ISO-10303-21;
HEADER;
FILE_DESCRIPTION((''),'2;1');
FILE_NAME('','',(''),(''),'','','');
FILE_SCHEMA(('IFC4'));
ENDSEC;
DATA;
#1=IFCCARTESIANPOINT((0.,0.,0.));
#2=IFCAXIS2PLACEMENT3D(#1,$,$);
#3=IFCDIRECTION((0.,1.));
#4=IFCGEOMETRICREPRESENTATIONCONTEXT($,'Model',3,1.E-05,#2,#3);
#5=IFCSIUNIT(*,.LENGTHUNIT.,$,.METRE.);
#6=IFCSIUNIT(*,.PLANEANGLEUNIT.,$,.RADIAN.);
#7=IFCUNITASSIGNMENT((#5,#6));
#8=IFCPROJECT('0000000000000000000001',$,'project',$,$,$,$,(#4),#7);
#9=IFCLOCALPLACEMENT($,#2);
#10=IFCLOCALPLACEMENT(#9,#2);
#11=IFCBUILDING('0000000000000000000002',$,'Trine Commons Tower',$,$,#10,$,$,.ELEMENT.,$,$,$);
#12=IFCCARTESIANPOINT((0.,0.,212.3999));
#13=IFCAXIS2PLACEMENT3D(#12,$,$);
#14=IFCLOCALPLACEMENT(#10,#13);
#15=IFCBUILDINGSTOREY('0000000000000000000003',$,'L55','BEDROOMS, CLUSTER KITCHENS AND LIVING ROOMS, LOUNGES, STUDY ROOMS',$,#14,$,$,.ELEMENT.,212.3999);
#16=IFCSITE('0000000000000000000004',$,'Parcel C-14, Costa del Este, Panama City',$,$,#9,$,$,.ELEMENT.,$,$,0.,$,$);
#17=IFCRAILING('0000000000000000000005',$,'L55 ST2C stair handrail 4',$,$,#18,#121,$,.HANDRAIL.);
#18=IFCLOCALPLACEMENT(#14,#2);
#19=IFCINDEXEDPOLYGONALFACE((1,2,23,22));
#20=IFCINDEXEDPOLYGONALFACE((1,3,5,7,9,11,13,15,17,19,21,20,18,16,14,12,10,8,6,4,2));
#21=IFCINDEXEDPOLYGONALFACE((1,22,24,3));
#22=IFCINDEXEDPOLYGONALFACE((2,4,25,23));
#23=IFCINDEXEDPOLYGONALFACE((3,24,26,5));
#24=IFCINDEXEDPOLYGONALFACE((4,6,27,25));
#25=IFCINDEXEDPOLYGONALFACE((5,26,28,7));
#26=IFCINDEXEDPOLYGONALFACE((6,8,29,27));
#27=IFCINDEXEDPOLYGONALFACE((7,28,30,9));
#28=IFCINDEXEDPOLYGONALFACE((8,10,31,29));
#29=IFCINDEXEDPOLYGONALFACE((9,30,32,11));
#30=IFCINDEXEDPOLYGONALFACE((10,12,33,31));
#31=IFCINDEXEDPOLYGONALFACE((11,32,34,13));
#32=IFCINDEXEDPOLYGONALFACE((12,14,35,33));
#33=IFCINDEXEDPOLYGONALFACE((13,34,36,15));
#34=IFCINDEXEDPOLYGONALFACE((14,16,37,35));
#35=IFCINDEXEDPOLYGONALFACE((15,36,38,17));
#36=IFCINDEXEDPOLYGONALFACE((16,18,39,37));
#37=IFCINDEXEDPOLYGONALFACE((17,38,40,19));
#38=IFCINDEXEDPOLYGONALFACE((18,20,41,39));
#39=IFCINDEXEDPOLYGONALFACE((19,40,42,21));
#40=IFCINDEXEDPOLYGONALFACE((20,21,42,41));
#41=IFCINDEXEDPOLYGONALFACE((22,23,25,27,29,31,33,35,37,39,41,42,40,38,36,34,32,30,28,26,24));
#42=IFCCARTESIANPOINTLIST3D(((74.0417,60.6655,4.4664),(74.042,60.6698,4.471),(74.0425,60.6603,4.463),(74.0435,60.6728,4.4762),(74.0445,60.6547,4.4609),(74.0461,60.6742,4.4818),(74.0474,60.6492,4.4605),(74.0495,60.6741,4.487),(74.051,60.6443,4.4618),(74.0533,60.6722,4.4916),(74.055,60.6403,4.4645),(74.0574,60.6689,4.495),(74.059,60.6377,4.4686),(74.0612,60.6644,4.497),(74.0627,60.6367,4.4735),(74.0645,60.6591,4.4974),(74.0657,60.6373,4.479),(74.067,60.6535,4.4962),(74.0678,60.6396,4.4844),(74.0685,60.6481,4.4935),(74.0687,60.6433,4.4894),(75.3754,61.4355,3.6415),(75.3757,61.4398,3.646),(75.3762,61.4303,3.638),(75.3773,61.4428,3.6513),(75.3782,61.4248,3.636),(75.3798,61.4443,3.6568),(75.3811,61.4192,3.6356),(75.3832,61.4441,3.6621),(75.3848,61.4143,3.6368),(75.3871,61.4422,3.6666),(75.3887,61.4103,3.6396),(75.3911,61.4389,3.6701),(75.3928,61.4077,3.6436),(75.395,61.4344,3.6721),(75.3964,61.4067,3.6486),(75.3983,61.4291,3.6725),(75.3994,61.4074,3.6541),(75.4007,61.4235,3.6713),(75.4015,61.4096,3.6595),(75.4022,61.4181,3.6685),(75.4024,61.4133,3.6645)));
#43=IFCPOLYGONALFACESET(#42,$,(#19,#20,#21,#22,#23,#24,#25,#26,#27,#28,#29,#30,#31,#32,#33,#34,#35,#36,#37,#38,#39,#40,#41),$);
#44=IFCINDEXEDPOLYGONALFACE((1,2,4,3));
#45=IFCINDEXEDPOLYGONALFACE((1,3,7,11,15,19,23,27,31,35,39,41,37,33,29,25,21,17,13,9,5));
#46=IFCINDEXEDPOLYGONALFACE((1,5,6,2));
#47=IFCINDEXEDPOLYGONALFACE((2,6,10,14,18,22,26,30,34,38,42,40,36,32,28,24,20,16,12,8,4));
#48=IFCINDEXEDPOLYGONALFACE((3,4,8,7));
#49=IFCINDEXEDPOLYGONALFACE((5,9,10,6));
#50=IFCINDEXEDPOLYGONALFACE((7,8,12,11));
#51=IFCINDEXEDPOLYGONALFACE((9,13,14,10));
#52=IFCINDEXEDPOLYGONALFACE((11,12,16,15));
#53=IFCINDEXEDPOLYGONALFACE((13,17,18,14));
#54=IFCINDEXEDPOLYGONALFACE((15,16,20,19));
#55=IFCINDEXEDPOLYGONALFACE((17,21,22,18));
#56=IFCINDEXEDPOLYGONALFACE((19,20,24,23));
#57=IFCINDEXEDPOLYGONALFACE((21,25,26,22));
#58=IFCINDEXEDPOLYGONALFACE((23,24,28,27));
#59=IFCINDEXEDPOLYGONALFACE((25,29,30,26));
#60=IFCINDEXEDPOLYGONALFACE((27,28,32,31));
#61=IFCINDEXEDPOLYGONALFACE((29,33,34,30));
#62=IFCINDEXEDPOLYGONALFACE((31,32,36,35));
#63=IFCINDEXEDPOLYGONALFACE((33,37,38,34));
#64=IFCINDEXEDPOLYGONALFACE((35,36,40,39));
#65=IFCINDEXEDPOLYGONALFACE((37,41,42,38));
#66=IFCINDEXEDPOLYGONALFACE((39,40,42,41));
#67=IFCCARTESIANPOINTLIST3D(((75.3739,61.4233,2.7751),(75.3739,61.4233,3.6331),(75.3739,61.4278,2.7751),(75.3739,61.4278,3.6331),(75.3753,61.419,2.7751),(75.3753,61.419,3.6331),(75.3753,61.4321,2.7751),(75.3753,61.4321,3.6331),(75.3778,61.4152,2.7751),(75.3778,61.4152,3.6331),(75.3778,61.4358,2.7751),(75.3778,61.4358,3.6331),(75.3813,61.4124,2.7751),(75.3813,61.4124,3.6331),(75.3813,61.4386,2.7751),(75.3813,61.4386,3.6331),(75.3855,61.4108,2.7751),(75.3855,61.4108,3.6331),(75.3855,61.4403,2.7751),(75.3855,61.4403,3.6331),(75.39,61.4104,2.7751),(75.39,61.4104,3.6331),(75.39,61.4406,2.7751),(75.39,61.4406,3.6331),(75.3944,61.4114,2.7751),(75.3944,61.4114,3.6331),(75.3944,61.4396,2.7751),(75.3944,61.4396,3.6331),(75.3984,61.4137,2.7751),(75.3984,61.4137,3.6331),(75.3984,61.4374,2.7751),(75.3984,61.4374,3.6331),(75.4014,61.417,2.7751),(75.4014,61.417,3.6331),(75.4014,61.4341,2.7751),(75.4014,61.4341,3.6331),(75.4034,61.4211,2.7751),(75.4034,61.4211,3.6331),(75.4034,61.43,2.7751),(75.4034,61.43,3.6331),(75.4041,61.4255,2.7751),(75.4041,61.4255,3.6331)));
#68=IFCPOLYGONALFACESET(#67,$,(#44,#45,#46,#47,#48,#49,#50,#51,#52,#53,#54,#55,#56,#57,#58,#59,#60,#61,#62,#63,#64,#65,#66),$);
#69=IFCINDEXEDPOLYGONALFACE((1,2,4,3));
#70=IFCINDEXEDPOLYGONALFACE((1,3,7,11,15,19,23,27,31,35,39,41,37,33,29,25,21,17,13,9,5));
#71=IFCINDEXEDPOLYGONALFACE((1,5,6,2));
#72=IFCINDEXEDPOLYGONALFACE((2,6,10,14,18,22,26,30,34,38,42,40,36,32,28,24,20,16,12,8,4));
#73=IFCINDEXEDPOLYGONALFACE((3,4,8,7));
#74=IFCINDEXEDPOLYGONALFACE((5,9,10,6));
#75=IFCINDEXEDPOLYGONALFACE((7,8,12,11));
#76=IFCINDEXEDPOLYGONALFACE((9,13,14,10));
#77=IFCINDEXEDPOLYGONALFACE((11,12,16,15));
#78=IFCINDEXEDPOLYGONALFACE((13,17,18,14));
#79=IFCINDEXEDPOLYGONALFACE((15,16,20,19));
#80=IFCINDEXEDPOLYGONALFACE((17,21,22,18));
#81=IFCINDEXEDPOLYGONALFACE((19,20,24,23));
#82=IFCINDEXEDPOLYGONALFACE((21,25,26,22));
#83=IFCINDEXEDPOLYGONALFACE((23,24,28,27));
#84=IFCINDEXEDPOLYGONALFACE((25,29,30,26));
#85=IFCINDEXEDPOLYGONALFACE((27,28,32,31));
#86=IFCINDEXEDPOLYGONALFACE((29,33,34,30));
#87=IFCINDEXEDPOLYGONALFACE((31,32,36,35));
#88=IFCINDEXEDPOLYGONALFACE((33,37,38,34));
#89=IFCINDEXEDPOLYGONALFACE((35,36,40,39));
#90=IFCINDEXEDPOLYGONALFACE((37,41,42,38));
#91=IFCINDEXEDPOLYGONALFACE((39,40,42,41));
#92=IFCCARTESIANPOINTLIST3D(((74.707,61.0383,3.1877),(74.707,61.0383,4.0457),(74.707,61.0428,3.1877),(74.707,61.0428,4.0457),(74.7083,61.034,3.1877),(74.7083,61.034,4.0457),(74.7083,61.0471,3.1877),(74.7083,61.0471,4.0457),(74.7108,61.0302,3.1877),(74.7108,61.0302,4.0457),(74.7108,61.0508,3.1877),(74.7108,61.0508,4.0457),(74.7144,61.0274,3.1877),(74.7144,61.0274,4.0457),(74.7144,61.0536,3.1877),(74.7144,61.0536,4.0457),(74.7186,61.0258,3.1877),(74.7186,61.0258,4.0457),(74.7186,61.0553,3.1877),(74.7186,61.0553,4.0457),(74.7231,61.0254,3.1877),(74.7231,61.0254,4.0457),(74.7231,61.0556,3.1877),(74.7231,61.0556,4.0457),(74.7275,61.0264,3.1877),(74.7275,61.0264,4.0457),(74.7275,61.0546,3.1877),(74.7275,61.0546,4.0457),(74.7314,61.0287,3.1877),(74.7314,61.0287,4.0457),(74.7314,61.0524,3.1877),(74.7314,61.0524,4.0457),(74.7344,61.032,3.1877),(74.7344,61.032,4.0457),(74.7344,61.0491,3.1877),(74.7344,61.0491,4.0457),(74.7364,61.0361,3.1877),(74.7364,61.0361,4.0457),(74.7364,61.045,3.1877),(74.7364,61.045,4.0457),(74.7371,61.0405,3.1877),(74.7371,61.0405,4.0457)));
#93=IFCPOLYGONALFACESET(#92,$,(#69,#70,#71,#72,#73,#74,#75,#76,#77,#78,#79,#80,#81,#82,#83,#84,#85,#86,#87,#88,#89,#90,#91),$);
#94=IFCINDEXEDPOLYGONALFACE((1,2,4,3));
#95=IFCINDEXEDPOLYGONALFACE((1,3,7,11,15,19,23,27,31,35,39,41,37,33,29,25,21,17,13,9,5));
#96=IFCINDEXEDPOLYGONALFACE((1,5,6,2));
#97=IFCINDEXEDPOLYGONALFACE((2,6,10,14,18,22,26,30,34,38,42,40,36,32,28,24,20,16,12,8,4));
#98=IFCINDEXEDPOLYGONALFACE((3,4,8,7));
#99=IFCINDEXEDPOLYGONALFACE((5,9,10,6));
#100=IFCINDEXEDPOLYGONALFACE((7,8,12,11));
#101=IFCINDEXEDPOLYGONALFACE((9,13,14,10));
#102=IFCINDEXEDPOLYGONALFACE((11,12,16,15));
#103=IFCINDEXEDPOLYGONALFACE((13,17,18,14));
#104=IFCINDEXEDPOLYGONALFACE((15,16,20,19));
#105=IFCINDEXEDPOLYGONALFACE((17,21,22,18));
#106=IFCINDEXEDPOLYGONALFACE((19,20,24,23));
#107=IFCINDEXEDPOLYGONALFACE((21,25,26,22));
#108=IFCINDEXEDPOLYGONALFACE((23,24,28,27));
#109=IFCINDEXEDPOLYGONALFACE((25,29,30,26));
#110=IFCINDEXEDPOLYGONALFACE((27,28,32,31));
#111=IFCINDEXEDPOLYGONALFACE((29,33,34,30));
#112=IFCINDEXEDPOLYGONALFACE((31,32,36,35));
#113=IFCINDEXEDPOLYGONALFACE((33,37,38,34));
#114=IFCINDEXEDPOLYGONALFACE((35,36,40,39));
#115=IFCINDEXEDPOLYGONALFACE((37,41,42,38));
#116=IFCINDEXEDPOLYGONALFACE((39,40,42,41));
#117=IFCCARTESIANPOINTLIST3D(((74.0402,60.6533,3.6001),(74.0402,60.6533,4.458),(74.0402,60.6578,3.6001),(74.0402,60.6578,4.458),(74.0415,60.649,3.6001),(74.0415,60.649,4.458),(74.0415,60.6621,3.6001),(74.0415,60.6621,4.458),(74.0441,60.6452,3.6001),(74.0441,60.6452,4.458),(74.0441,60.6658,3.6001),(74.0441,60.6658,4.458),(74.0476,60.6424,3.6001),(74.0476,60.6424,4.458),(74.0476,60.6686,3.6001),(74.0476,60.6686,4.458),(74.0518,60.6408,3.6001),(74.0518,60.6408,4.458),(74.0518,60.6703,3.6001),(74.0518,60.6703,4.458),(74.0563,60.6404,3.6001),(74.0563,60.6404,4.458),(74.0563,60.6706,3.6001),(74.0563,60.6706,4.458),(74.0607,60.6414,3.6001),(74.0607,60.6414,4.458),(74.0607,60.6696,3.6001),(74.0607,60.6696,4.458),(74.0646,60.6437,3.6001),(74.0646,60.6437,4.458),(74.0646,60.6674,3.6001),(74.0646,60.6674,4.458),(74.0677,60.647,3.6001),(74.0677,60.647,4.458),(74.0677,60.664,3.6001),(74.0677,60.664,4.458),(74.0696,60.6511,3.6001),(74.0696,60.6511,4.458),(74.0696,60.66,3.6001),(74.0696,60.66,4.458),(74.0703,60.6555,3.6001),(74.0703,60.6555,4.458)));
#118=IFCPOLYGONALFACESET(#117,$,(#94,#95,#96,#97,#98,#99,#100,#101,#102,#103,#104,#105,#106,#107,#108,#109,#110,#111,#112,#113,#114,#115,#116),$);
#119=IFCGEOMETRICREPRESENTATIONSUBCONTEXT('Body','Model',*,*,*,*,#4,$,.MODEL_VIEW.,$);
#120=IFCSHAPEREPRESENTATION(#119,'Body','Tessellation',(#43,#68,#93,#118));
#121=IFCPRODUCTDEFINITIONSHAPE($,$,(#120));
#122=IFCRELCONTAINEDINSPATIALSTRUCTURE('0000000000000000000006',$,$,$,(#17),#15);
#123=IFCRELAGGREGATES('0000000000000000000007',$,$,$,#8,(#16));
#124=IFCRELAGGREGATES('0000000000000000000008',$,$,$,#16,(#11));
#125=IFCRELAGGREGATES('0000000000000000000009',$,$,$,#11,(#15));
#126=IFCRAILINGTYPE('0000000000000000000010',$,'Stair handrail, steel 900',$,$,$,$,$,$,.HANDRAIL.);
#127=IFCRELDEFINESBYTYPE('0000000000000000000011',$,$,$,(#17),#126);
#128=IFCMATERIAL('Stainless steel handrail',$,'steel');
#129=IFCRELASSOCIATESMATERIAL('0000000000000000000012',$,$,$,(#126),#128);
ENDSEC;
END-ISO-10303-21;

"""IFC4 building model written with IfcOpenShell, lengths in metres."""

from ifc_helpers import new_model, si_unit, direction, frame, origin, origin_2d, place, context, subcontext, project, spatial, circle, extrude, material, type_object, element, save


model = new_model("IFC4")

# Units and contexts
model_context = context("Model", 3, precision=1e-05, world=origin(), true_north=direction((0.0, 1.0)))
body_context = subcontext(model_context, "Body", "Model", "MODEL_VIEW")
ifc_project = project(units=[si_unit("LENGTHUNIT", "METRE"), si_unit("PLANEANGLEUNIT", "RADIAN")], contexts=[model_context])

# Site, building, storey
site_placement = place(None, origin())
site = spatial("IfcSite", under=ifc_project, at=site_placement, Name="Parcel C-14, Costa del Este, Panama City", CompositionType="ELEMENT", RefElevation=0.0)
building_placement = place(site_placement, origin())
building = spatial("IfcBuilding", under=site, at=building_placement, Name="Trine Commons Tower", CompositionType="ELEMENT")
storey_placement = place(building_placement, frame((0.0, 0.0, 212.3999)))
storey = spatial("IfcBuildingStorey", under=building, at=storey_placement, Name="L55", Description="BEDROOMS, CLUSTER KITCHENS AND LIVING ROOMS, LOUNGES, STUDY ROOMS", CompositionType="ELEMENT", Elevation=212.3999)

# Railing
ifc_material_1 = material(Name="Stainless steel handrail", Category="steel")
railing_type_1 = type_object("IfcRailingType", Name="Stair handrail, steel 900", PredefinedType="HANDRAIL", material=ifc_material_1)
for number, where, name in (
    (1, (75.3889, 61.4255, 2.7751), "L55 ST2C stair handrail 4"),
):
    element("IfcRailing", number, at=place(storey_placement, frame(where)), inside=storey, type_object=railing_type_1, Name=name, PredefinedType="HANDRAIL", context=body_context, shape_type="SweptSolid", body=[
        extrude(circle(Radius=0.021, at=origin_2d()), frame((0.0, 0.0, 0.8789), z_axis=(-0.763405, -0.440743, 0.472185), x_axis=(0.499992, -0.86603, 0.0)), (0.0, 0.0, 1.0), 1.7471),
        extrude(circle(Radius=0.0151, at=origin_2d()), origin(), (0.0, 0.0, 1.0), 0.8579),
        extrude(circle(Radius=0.0151, at=origin_2d()), frame((-0.667, -0.385, 0.4126)), (0.0, 0.0, 1.0), 0.8579),
        extrude(circle(Radius=0.0151, at=origin_2d()), frame((-1.3337, -0.77, 0.825)), (0.0, 0.0, 1.0), 0.8579),
    ])

save(model, "model.ifc")
